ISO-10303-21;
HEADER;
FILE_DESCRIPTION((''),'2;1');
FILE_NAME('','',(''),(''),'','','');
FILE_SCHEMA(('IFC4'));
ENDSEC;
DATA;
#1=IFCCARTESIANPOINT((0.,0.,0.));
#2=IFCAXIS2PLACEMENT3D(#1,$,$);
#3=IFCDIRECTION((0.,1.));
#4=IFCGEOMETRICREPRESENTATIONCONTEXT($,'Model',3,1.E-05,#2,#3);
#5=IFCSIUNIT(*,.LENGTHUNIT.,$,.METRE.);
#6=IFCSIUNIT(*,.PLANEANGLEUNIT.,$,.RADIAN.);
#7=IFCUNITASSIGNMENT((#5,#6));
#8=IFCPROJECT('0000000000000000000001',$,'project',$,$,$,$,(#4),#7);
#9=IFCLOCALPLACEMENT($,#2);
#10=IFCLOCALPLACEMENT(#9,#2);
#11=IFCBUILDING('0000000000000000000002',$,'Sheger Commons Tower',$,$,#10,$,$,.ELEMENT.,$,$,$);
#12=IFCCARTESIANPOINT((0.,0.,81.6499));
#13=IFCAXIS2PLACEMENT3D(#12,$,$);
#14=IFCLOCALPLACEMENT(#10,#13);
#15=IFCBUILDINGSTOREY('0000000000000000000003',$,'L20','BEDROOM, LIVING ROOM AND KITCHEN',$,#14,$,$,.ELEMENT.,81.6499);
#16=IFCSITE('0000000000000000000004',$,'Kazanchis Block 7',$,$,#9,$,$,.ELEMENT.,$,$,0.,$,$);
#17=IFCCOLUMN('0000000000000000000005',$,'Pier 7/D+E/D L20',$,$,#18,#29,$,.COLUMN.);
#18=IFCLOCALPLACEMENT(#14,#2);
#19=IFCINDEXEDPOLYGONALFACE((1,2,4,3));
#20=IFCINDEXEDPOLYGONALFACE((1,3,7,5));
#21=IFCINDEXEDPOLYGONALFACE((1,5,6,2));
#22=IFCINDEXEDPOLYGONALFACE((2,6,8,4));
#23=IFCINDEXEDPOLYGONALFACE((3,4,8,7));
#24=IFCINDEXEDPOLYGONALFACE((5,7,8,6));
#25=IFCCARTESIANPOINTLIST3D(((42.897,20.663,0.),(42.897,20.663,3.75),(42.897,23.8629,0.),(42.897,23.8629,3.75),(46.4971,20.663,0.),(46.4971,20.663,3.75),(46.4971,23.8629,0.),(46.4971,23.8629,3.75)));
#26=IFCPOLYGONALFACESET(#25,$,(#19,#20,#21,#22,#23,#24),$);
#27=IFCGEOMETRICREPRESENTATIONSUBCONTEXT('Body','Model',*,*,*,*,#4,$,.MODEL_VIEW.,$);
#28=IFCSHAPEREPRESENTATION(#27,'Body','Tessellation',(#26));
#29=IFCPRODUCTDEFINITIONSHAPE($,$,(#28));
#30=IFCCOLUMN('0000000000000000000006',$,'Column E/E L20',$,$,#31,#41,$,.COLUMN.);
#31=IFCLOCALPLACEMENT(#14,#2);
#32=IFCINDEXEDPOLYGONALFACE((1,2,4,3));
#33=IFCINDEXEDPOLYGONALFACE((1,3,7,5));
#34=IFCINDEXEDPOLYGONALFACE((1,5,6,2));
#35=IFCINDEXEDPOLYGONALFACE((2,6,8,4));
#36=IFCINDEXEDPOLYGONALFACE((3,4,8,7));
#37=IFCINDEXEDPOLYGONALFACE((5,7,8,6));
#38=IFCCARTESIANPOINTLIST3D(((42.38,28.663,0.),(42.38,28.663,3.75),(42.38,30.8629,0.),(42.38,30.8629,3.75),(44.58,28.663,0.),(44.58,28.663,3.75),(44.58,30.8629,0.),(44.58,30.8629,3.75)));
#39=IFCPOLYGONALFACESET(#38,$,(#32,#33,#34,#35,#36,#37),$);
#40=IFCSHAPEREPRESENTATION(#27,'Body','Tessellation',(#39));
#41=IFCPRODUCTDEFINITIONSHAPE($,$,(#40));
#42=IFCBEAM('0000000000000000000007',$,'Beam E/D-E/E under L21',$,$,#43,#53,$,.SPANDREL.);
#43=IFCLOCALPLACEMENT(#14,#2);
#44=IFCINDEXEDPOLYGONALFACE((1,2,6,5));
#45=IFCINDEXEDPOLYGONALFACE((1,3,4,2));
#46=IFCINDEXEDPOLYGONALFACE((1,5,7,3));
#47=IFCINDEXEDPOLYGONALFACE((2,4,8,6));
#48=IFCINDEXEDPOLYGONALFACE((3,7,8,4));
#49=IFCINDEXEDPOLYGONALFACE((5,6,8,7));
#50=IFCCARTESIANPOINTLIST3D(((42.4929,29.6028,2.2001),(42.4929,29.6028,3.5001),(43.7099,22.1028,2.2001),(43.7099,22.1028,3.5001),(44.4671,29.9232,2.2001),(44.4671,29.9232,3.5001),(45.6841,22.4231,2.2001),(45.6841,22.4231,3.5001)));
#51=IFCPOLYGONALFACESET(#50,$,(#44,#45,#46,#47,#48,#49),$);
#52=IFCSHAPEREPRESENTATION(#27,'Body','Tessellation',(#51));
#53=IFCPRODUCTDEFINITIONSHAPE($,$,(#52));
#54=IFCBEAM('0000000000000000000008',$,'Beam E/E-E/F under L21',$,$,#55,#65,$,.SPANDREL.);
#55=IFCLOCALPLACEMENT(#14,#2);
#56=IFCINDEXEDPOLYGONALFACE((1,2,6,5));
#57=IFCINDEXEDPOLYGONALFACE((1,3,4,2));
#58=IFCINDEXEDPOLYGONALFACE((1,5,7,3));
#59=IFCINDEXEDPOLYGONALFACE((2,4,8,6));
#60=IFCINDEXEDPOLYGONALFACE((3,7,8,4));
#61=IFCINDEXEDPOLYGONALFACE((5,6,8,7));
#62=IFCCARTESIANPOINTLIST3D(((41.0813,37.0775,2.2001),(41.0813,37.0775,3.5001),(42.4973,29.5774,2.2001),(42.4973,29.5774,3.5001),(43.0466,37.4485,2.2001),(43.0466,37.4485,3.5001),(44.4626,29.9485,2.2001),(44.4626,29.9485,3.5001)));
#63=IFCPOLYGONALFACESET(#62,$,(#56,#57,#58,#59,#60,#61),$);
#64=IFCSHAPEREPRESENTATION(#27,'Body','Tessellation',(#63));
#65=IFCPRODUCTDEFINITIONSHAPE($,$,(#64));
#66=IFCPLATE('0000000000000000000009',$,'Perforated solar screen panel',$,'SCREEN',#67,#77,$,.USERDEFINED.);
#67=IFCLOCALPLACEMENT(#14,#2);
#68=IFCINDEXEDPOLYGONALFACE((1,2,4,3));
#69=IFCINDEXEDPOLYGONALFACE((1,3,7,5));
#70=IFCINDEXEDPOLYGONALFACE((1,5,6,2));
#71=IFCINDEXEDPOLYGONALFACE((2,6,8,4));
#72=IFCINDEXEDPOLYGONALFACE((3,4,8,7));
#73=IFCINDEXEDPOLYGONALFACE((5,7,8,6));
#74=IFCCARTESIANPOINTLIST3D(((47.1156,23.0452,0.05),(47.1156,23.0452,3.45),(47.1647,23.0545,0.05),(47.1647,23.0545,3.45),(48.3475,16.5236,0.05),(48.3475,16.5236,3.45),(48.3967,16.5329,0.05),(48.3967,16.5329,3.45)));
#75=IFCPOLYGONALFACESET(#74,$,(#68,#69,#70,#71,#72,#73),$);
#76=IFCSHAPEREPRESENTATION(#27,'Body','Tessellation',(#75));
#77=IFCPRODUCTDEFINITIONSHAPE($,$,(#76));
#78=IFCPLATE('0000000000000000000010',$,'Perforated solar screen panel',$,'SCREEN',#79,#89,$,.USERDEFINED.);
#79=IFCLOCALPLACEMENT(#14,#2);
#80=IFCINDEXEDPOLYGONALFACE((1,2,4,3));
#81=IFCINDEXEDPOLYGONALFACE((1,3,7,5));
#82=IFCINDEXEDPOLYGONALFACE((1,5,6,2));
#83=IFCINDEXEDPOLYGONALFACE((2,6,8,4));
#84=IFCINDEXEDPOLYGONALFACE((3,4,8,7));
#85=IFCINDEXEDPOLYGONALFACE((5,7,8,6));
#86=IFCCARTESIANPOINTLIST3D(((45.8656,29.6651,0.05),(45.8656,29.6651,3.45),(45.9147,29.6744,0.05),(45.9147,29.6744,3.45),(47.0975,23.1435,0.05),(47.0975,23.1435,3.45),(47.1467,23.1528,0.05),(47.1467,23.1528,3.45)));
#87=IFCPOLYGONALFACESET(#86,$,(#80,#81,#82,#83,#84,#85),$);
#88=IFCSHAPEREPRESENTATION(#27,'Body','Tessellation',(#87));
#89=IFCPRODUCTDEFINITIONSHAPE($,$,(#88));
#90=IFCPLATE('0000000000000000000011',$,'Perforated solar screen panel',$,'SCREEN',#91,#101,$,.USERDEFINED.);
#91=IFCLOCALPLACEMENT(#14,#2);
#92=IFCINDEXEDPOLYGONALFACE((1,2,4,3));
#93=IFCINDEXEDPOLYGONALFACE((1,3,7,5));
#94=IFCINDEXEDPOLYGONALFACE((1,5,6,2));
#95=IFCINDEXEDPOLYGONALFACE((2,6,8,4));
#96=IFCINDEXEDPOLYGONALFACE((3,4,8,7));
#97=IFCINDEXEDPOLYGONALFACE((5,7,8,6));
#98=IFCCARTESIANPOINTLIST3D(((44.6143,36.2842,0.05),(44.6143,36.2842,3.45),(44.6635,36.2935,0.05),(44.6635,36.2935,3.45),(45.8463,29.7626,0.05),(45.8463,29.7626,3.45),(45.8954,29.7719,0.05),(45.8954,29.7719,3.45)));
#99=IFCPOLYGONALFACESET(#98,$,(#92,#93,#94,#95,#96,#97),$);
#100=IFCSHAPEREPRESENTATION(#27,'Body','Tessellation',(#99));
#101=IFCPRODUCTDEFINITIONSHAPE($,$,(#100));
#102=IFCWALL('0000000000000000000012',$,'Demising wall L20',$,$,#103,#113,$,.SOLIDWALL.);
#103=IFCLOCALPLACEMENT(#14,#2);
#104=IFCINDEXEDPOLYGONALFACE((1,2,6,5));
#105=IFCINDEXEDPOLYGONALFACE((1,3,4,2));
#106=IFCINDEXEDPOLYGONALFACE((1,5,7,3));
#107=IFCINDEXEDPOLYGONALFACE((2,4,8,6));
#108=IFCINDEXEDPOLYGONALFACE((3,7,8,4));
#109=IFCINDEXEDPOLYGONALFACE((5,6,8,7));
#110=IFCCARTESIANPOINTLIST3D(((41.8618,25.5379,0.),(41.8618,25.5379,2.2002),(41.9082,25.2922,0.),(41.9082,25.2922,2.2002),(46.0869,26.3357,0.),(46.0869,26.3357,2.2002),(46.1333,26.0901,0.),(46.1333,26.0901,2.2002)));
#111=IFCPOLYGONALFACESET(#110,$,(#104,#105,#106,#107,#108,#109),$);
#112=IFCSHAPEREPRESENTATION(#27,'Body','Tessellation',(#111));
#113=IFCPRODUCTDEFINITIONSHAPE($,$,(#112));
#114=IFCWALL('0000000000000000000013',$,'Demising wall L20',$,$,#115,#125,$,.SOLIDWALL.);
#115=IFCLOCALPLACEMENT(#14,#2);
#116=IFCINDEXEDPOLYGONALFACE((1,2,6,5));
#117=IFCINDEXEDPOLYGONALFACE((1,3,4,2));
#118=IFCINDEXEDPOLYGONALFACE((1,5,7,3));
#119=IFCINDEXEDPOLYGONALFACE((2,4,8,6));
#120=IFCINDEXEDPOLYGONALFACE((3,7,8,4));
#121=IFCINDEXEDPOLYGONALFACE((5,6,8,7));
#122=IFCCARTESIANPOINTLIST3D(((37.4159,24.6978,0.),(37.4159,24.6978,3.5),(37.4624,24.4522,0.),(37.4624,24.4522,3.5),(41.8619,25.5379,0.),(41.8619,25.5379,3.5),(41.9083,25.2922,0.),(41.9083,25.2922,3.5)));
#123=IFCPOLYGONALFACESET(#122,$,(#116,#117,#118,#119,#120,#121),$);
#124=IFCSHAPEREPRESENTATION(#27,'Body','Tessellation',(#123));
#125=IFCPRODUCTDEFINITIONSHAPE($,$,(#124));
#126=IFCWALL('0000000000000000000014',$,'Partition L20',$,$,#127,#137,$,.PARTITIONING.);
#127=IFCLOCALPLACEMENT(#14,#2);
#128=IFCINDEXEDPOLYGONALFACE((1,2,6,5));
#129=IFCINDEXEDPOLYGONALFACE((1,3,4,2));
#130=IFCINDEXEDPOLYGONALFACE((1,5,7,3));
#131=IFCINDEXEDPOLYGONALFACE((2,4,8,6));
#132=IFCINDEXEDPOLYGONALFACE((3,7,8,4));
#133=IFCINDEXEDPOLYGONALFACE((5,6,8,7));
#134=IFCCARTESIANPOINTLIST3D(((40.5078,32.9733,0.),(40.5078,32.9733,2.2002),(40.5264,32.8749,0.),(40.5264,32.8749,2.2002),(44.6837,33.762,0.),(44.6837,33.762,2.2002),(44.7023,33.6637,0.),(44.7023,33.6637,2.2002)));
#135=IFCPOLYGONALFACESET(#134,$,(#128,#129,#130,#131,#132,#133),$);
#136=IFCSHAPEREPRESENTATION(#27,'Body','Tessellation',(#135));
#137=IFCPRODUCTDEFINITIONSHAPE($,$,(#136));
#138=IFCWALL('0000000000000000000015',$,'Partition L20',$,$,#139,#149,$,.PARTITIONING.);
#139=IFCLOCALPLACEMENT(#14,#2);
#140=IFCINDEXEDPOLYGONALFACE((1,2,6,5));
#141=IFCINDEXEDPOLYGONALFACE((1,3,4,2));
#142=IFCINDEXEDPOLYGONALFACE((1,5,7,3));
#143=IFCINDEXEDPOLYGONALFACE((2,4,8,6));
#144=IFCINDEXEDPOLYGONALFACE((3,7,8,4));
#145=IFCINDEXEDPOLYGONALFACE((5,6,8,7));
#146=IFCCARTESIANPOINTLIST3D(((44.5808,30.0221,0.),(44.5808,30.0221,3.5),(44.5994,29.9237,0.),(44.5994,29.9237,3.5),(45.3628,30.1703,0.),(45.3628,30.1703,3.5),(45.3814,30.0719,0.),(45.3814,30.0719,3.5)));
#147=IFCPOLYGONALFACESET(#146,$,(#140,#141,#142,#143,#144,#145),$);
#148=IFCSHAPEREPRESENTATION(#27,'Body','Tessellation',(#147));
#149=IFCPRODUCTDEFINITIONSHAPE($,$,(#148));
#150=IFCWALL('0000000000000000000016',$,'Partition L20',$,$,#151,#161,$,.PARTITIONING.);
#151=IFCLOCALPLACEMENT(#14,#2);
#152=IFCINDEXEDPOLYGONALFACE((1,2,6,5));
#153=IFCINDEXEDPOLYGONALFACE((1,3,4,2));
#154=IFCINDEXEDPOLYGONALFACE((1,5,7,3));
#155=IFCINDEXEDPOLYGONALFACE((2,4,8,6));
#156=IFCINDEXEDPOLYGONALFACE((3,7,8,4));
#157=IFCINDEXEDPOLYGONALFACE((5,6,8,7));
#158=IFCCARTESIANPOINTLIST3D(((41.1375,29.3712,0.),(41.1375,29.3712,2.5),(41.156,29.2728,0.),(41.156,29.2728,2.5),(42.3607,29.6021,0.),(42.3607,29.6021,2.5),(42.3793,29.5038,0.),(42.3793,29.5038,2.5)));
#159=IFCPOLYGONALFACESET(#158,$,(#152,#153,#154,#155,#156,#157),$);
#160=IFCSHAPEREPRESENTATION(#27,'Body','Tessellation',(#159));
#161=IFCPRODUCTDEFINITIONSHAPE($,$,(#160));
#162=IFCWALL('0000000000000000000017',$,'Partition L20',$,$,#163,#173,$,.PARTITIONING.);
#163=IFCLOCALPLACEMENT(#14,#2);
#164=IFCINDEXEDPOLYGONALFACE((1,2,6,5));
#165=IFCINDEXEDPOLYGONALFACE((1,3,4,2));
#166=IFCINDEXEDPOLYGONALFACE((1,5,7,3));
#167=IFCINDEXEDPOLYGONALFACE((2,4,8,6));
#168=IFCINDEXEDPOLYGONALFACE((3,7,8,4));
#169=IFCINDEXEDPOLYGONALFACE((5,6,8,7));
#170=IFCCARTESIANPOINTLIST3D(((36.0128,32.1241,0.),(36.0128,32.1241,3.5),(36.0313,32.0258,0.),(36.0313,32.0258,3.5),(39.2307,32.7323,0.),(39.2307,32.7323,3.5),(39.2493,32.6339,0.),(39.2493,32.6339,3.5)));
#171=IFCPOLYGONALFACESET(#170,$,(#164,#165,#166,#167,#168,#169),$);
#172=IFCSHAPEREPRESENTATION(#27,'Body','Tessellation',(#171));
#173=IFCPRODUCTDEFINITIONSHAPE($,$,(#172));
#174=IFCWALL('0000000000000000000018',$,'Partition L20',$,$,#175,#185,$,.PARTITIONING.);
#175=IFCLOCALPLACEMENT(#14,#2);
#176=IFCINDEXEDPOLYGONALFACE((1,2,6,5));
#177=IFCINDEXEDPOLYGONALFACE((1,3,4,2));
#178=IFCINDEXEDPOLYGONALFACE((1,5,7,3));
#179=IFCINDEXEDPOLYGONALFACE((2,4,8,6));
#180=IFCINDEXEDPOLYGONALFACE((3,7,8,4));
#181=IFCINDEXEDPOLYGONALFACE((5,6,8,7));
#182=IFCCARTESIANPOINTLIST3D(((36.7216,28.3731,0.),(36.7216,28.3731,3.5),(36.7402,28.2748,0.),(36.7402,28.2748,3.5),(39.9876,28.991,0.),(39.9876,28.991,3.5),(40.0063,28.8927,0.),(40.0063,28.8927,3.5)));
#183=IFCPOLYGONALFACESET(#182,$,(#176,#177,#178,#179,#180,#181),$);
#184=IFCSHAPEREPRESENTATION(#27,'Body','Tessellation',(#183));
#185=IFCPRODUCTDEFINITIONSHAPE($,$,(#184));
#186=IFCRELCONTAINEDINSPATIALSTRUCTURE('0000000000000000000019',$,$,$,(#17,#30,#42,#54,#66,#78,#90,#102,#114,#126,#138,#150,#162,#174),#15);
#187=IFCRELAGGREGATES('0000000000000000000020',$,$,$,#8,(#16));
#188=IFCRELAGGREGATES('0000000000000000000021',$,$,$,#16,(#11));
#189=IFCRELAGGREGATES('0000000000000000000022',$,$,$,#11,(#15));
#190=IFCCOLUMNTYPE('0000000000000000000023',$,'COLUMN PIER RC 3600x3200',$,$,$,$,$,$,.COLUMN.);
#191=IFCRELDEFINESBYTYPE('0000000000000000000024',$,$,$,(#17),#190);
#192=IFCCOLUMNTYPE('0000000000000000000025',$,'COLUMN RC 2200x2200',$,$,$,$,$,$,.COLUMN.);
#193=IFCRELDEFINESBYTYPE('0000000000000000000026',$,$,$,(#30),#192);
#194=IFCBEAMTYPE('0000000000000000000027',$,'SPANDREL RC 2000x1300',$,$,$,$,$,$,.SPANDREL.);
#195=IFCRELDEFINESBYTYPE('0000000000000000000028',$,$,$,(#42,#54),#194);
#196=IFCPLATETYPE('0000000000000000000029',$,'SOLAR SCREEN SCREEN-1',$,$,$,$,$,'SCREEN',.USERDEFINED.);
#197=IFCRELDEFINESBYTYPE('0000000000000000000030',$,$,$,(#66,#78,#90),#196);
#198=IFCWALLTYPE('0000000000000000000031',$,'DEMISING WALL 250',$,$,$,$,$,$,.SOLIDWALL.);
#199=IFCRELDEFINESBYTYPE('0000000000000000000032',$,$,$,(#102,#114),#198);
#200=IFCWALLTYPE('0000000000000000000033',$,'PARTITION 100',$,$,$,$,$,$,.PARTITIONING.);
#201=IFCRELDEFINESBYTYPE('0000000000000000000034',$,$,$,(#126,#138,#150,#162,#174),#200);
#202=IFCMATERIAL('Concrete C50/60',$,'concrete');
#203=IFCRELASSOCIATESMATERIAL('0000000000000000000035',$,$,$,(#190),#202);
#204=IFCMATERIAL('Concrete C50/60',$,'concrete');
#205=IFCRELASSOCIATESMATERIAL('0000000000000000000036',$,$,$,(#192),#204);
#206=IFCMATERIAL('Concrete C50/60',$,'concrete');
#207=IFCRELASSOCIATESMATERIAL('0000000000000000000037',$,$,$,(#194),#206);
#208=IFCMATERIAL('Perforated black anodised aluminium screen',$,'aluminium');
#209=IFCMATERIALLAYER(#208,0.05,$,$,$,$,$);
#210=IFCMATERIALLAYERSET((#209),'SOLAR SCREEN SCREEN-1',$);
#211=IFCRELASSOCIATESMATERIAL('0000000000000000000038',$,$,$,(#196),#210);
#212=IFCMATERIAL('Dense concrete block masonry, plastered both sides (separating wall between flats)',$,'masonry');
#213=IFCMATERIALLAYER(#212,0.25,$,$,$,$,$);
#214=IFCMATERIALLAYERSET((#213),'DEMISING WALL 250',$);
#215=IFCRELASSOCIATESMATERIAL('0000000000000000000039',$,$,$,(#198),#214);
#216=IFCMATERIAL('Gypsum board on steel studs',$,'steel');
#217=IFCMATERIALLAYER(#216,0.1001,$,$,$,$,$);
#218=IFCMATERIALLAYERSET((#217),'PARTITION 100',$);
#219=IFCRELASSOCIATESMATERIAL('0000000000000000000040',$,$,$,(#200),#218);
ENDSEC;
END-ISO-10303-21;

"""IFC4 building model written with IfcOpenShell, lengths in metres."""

from ifc_helpers import new_model, si_unit, direction, frame, frame_2d, origin, origin_2d, place, context, subcontext, project, spatial, rectangle, extrude, material, layer, layer_set, material_profile, profile_set, type_object, element, save


model = new_model("IFC4")

# Units and contexts
model_context = context("Model", 3, precision=1e-05, world=origin(), true_north=direction((0.0, 1.0)))
body_context = subcontext(model_context, "Body", "Model", "MODEL_VIEW")
ifc_project = project(units=[si_unit("LENGTHUNIT", "METRE"), si_unit("PLANEANGLEUNIT", "RADIAN")], contexts=[model_context])

# Site, building, storey
site_placement = place(None, origin())
site = spatial("IfcSite", under=ifc_project, at=site_placement, Name="Kazanchis Block 7", CompositionType="ELEMENT", RefElevation=0.0)
building_placement = place(site_placement, origin())
building = spatial("IfcBuilding", under=site, at=building_placement, Name="Sheger Commons Tower", CompositionType="ELEMENT")
storey_placement = place(building_placement, frame((0.0, 0.0, 81.6499)))
storey = spatial("IfcBuildingStorey", under=building, at=storey_placement, Name="L20", Description="BEDROOM, LIVING ROOM AND KITCHEN", CompositionType="ELEMENT", Elevation=81.6499)

# Columns
ifc_material_1 = material(Name="Concrete C50/60", Category="concrete")
ifc_material_profile_1 = material_profile(ifc_material_1, rectangle(XDim=3.6001, YDim=3.2, at=origin_2d()), Name="RC 3600x3200")
ifc_profile_set_1 = profile_set([ifc_material_profile_1], Name="Concrete C50/60")
column_type_1 = type_object("IfcColumnType", Name="COLUMN PIER RC 3600x3200", PredefinedType="COLUMN", material=ifc_profile_set_1)
column_1_placement = place(storey_placement, frame((44.697, 22.2629, 0.0), z_axis=(0.0, 0.0, 1.0), x_axis=(1.0, 0.0, 0.0)))
element("IfcColumn", 1, at=column_1_placement, inside=storey, type_object=column_type_1, Name="Pier 7/D+E/D L20", PredefinedType="COLUMN", context=body_context, shape_type="SweptSolid", body=[
    extrude(rectangle(XDim=3.6001, YDim=3.2, at=origin_2d()), origin(), (0.0, 0.0, 1.0), 3.75),
])
ifc_material_2 = material(Name="Concrete C50/60", Category="concrete")
ifc_material_profile_2 = material_profile(ifc_material_2, rectangle(XDim=2.2, YDim=2.2, at=origin_2d()), Name="RC 2200x2200")
ifc_profile_set_2 = profile_set([ifc_material_profile_2], Name="Concrete C50/60")
column_type_2 = type_object("IfcColumnType", Name="COLUMN RC 2200x2200", PredefinedType="COLUMN", material=ifc_profile_set_2)
column_2_placement = place(storey_placement, frame((43.48, 29.7629, 0.0), z_axis=(0.0, 0.0, 1.0), x_axis=(1.0, 0.0, 0.0)))
element("IfcColumn", 2, at=column_2_placement, inside=storey, type_object=column_type_2, Name="Column E/E L20", PredefinedType="COLUMN", context=body_context, shape_type="SweptSolid", body=[
    extrude(rectangle(XDim=2.2, YDim=2.2, at=origin_2d()), origin(), (0.0, 0.0, 1.0), 3.75),
])

# Beams
ifc_material_3 = material(Name="Concrete C50/60", Category="concrete")
ifc_material_profile_3 = material_profile(ifc_material_3, rectangle(XDim=2.0, YDim=1.3, at=origin_2d()), Name="RC 2000x1300")
ifc_profile_set_3 = profile_set([ifc_material_profile_3], Name="Concrete C50/60")
beam_type = type_object("IfcBeamType", Name="SPANDREL RC 2000x1300", PredefinedType="SPANDREL", material=ifc_profile_set_3)
beam_1_placement = place(storey_placement, frame((44.697, 22.2629, 2.8501), z_axis=(-0.160177, 0.987088, 0.0), x_axis=(-0.987088, -0.160177, 0.0)))
element("IfcBeam", 3, at=beam_1_placement, inside=storey, type_object=beam_type, Name="Beam E/D-E/E under L21", PredefinedType="SPANDREL", context=body_context, shape_type="SweptSolid", body=[
    extrude(rectangle(XDim=2.0, YDim=1.3, at=origin_2d()), origin(), (0.0, 0.0, 1.0), 7.5981),
])
beam_2_placement = place(storey_placement, frame((43.48, 29.7629, 2.8501), z_axis=(-0.185524, 0.98264, 0.0), x_axis=(-0.98264, -0.185524, 0.0)))
element("IfcBeam", 4, at=beam_2_placement, inside=storey, type_object=beam_type, Name="Beam E/E-E/F under L21", PredefinedType="SPANDREL", context=body_context, shape_type="SweptSolid", body=[
    extrude(rectangle(XDim=2.0, YDim=1.3, at=origin_2d()), origin(), (0.0, 0.0, 1.0), 7.6326),
])

# Plates
ifc_material_4 = material(Name="Perforated black anodised aluminium screen", Category="aluminium")
ifc_layer_1 = layer(ifc_material_4, 0.05)
ifc_layer_set_1 = layer_set([ifc_layer_1], Name="SOLAR SCREEN SCREEN-1")
plate_type = type_object("IfcPlateType", Name="SOLAR SCREEN SCREEN-1", ElementType="SCREEN", PredefinedType="USERDEFINED", material=ifc_layer_set_1)
for number, where, z_axis, x_axis, name in (
    (5, (47.7561, 19.7891, 0.05), (0.0, 0.0, 1.0), (-0.185615, 0.982623, 0.0), "Perforated solar screen panel"),
    (6, (46.5061, 26.4089, 0.05), (0.0, 0.0, 1.0), (-0.185615, 0.982623, 0.0), "Perforated solar screen panel"),
    (7, (45.2549, 33.0281, 0.05), (0.0, 0.0, 1.0), (-0.185615, 0.982623, 0.0), "Perforated solar screen panel"),
):
    element("IfcPlate", number, at=place(storey_placement, frame(where, z_axis=z_axis, x_axis=x_axis)), inside=storey, type_object=plate_type, Name=name, ObjectType="SCREEN", PredefinedType="USERDEFINED", context=body_context, shape_type="SweptSolid", body=[
        extrude(rectangle(XDim=6.637, YDim=0.05, at=origin_2d()), origin(), (0.0, 0.0, 1.0), 3.3999),
    ])

# Walls
ifc_material_5 = material(Name="Dense concrete block masonry, plastered both sides (separating wall between flats)", Category="masonry")
ifc_layer_2 = layer(ifc_material_5, 0.25)
ifc_layer_set_2 = layer_set([ifc_layer_2], Name="DEMISING WALL 250")
wall_type_1 = type_object("IfcWallType", Name="DEMISING WALL 250", PredefinedType="SOLIDWALL", material=ifc_layer_set_2)
wall_1_placement = place(storey_placement, frame((46.1101, 26.2129, 0.0), z_axis=(0.0, 0.0, 1.0), x_axis=(-0.982634, -0.185557, 0.0)))
element("IfcWall", 8, at=wall_1_placement, inside=storey, type_object=wall_type_1, Name="Demising wall L20", PredefinedType="SOLIDWALL", context=body_context, shape_type="SweptSolid", body=[
    extrude(rectangle(XDim=4.2998, YDim=0.25, at=frame_2d((2.1499, 0.0))), origin(), (0.0, 0.0, 1.0), 2.2002),
])
wall_2_placement = place(storey_placement, frame((41.885, 25.415, 0.0), z_axis=(0.0, 0.0, 1.0), x_axis=(-0.982613, -0.185666, 0.0)))
element("IfcWall", 9, at=wall_2_placement, inside=storey, type_object=wall_type_1, Name="Demising wall L20", PredefinedType="SOLIDWALL", context=body_context, shape_type="SweptSolid", body=[
    extrude(rectangle(XDim=4.5247, YDim=0.25, at=frame_2d((2.2622, 0.0))), origin(), (0.0, 0.0, 1.0), 3.5),
])
ifc_material_6 = material(Name="Gypsum board on steel studs", Category="steel")
ifc_layer_3 = layer(ifc_material_6, 0.1001)
ifc_layer_set_3 = layer_set([ifc_layer_3], Name="PARTITION 100")
wall_type_2 = type_object("IfcWallType", Name="PARTITION 100", PredefinedType="PARTITIONING", material=ifc_layer_set_3)
wall_3_placement = place(storey_placement, frame((44.6931, 33.7129, 0.0), z_axis=(0.0, 0.0, 1.0), x_axis=(-0.982624, -0.18561, 0.0)))
element("IfcWall", 10, at=wall_3_placement, inside=storey, type_object=wall_type_2, Name="Partition L20", PredefinedType="PARTITIONING", context=body_context, shape_type="SweptSolid", body=[
    extrude(rectangle(XDim=4.2498, YDim=0.1001, at=frame_2d((2.125, 0.0))), origin(), (0.0, 0.0, 1.0), 2.2002),
])
wall_4_placement = place(storey_placement, frame((45.3721, 30.1211, 0.0), z_axis=(0.0, 0.0, 1.0), x_axis=(-0.982513, -0.186196, 0.0)))
element("IfcWall", 11, at=wall_4_placement, inside=storey, type_object=wall_type_2, Name="Partition L20", PredefinedType="PARTITIONING", context=body_context, shape_type="SweptSolid", body=[
    extrude(rectangle(XDim=0.7959, YDim=0.1001, at=frame_2d((0.3979, 0.0))), origin(), (0.0, 0.0, 1.0), 3.5),
])
wall_5_placement = place(storey_placement, frame((42.3701, 29.553, 0.0), z_axis=(0.0, 0.0, 1.0), x_axis=(-0.982636, -0.185544, 0.0)))
element("IfcWall", 12, at=wall_5_placement, inside=storey, type_object=wall_type_2, Name="Partition L20", PredefinedType="PARTITIONING", context=body_context, shape_type="SweptSolid", body=[
    extrude(rectangle(XDim=1.2449, YDim=0.1001, at=frame_2d((0.6226, 0.0))), origin(), (0.0, 0.0, 1.0), 2.5),
])
wall_6_placement = place(storey_placement, frame((39.24, 32.6831, 0.0), z_axis=(0.0, 0.0, 1.0), x_axis=(-0.982607, -0.185697, 0.0)))
element("IfcWall", 13, at=wall_6_placement, inside=storey, type_object=wall_type_2, Name="Partition L20", PredefinedType="PARTITIONING", context=body_context, shape_type="SweptSolid", body=[
    extrude(rectangle(XDim=3.2749, YDim=0.1001, at=frame_2d((1.6375, 0.0))), origin(), (0.0, 0.0, 1.0), 3.5),
])
wall_7_placement = place(storey_placement, frame((39.9971, 28.9419, 0.0), z_axis=(0.0, 0.0, 1.0), x_axis=(-0.98257, -0.185894, 0.0)))
element("IfcWall", 14, at=wall_7_placement, inside=storey, type_object=wall_type_2, Name="Partition L20", PredefinedType="PARTITIONING", context=body_context, shape_type="SweptSolid", body=[
    extrude(rectangle(XDim=3.324, YDim=0.1001, at=frame_2d((1.6621, 0.0))), origin(), (0.0, 0.0, 1.0), 3.5),
])

save(model, "model.ifc")
